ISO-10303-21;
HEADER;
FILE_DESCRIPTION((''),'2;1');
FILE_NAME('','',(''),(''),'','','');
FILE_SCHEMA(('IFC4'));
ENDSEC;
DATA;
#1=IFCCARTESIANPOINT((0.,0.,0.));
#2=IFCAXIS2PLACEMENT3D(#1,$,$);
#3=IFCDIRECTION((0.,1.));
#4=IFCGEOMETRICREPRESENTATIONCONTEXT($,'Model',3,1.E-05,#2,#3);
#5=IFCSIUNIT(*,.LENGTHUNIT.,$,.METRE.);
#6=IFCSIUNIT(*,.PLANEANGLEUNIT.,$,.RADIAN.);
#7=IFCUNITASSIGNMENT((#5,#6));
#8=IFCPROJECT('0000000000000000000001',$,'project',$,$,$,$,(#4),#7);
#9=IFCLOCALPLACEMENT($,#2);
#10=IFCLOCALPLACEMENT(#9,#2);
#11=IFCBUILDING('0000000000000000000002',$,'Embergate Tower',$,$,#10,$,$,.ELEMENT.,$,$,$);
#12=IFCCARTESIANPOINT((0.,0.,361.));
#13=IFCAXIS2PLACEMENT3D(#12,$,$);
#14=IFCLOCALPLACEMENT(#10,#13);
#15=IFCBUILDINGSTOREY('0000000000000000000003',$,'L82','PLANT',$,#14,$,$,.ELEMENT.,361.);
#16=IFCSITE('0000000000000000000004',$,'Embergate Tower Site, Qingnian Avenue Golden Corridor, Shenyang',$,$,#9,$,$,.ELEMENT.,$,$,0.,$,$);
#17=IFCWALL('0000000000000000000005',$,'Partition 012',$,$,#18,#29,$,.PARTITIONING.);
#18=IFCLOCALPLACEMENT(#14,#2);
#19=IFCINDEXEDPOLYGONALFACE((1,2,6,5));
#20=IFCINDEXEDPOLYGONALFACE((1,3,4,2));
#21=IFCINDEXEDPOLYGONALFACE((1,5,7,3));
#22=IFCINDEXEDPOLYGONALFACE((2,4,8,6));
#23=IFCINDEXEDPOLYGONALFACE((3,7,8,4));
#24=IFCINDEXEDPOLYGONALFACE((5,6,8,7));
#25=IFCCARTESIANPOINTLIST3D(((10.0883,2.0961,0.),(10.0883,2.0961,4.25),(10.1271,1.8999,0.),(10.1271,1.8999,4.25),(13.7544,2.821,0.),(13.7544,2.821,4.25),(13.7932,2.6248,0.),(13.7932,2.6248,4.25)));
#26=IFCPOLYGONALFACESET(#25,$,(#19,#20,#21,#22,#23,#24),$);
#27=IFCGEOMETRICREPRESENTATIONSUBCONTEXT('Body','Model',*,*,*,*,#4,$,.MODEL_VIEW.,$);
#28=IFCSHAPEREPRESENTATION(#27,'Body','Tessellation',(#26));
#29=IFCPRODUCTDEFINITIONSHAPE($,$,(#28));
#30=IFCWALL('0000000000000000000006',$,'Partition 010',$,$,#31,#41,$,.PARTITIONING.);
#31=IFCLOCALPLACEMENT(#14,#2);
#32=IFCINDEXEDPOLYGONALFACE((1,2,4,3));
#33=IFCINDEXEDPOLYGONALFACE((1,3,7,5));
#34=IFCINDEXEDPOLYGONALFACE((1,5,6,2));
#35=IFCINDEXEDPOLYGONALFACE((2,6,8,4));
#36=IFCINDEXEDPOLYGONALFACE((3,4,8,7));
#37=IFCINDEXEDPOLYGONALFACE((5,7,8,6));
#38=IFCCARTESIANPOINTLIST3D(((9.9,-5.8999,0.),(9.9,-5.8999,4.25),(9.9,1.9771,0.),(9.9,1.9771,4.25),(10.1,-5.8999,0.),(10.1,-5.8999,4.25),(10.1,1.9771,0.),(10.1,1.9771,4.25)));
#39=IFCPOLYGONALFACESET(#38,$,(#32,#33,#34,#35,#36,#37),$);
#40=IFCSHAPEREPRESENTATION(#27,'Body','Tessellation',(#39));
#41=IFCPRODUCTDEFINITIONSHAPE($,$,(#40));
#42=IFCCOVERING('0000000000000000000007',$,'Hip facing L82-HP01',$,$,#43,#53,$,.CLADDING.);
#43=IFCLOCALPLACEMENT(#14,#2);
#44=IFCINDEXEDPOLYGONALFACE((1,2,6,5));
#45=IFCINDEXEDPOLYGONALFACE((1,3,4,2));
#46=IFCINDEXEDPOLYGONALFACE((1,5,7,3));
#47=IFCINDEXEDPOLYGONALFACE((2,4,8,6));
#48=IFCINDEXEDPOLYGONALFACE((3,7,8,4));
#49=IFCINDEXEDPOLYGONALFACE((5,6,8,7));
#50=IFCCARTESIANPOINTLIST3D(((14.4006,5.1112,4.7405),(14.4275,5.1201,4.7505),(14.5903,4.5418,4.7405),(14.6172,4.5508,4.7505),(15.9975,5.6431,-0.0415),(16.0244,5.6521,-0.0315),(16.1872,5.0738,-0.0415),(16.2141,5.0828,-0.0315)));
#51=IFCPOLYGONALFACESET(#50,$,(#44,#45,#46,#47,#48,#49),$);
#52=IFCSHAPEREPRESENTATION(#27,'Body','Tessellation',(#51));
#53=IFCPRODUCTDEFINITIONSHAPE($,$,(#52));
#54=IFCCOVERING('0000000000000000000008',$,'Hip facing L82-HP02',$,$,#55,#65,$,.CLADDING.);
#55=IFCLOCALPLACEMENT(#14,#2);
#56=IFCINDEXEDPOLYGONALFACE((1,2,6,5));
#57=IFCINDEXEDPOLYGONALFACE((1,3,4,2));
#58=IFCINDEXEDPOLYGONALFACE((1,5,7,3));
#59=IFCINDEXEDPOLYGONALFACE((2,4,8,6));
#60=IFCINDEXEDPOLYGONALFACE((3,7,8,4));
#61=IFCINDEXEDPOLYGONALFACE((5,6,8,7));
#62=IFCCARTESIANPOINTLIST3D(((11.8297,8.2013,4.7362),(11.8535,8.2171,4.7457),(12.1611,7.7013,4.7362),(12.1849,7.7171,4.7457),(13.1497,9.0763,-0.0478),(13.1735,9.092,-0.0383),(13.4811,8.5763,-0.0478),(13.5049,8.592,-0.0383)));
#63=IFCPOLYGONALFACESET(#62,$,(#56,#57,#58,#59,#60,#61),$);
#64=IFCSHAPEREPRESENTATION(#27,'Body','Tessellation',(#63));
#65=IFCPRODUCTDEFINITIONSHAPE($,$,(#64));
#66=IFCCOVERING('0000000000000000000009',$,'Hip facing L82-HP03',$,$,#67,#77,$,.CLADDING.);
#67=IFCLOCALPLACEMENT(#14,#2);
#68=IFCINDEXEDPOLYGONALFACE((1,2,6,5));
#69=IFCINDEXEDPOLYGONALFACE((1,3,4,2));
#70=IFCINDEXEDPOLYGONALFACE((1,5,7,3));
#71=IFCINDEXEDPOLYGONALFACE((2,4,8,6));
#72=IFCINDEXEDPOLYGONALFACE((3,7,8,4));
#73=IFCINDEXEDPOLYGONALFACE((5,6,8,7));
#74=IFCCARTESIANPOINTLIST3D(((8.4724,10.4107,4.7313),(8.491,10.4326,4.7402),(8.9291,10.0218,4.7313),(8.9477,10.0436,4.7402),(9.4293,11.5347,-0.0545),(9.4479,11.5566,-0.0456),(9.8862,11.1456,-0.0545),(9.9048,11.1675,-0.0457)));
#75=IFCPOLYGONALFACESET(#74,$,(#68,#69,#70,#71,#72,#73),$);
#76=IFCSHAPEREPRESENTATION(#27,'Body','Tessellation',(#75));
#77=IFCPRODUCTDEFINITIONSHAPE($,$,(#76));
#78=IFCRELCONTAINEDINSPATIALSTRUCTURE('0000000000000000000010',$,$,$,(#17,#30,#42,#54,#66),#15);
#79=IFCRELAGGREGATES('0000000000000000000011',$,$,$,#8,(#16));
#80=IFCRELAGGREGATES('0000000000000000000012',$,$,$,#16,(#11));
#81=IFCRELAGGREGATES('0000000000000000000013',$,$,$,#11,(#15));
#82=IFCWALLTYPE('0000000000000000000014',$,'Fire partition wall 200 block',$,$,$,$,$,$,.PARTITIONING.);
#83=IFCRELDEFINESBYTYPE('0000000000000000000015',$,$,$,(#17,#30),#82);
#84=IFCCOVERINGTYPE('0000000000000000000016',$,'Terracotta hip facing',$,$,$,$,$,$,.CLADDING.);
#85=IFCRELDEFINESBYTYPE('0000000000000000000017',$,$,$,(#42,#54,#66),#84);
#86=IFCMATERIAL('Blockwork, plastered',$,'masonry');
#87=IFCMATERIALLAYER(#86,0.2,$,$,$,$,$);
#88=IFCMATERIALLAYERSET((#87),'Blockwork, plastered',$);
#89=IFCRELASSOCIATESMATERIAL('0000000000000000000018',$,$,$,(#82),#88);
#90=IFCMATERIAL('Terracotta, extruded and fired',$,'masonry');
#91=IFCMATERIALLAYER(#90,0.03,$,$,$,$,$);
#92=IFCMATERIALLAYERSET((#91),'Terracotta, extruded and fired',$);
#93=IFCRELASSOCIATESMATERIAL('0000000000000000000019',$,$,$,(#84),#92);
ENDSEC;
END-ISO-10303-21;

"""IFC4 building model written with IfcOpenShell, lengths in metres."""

from ifc_helpers import new_model, si_unit, direction, frame, frame_2d, origin, place, context, subcontext, project, spatial, polyline, rectangle, outline, extrude, source, transform, mapped, material, layer, layer_set, type_object, element, save


model = new_model("IFC4")

# Units and contexts
model_context = context("Model", 3, precision=1e-05, world=origin(), true_north=direction((0.0, 1.0)))
body_context = subcontext(model_context, "Body", "Model", "MODEL_VIEW")
ifc_project = project(units=[si_unit("LENGTHUNIT", "METRE"), si_unit("PLANEANGLEUNIT", "RADIAN")], contexts=[model_context])

# Site, building, storey
site_placement = place(None, origin())
site = spatial("IfcSite", under=ifc_project, at=site_placement, Name="Embergate Tower Site, Qingnian Avenue Golden Corridor, Shenyang", CompositionType="ELEMENT", RefElevation=0.0)
building_placement = place(site_placement, origin())
building = spatial("IfcBuilding", under=site, at=building_placement, Name="Embergate Tower", CompositionType="ELEMENT")
storey_placement = place(building_placement, frame((0.0, 0.0, 361.0)))
storey = spatial("IfcBuildingStorey", under=building, at=storey_placement, Name="L82", Description="PLANT", CompositionType="ELEMENT", Elevation=361.0)

# Walls
ifc_material_1 = material(Name="Blockwork, plastered", Category="masonry")
ifc_layer_1 = layer(ifc_material_1, 0.2)
ifc_layer_set_1 = layer_set([ifc_layer_1], Name="Blockwork, plastered")
wall_type_1 = type_object("IfcWallType", Name="Fire partition wall 200 block", PredefinedType="PARTITIONING", material=ifc_layer_set_1)
shared_shape_1 = source(origin(), body_context, "Body", "SweptSolid", [
    extrude(rectangle(XDim=3.7371, YDim=0.2, at=frame_2d((1.8687, 0.0))), origin(), (0.0, 0.0, 1.0), 4.25),
])
wall_1_placement = place(storey_placement, frame((13.7739, 2.7229, 0.0), z_axis=(0.0, 0.0, 1.0), x_axis=(-0.981008, -0.193967, 0.0)))
element("IfcWall", 1, at=wall_1_placement, inside=storey, type_object=wall_type_1, Name="Partition 012", PredefinedType="PARTITIONING", context=body_context, shape_type="MappedRepresentation", body=[
    mapped(shared_shape_1, transform((0.0, 0.0, 0.0))),
])
shared_shape_2 = source(origin(), body_context, "Body", "SweptSolid", [
    extrude(rectangle(XDim=7.877, YDim=0.2, at=frame_2d((3.9385, 0.0))), origin(), (0.0, 0.0, 1.0), 4.25),
])
wall_2_placement = place(storey_placement, frame((10.0, 1.9771, 0.0), z_axis=(0.0, 0.0, 1.0), x_axis=(0.0, -1.0, 0.0)))
element("IfcWall", 2, at=wall_2_placement, inside=storey, type_object=wall_type_1, Name="Partition 010", PredefinedType="PARTITIONING", context=body_context, shape_type="MappedRepresentation", body=[
    mapped(shared_shape_2, transform((0.0, 0.0, 0.0))),
])

# Coverings
ifc_material_2 = material(Name="Terracotta, extruded and fired", Category="masonry")
ifc_layer_2 = layer(ifc_material_2, 0.03)
ifc_layer_set_2 = layer_set([ifc_layer_2], Name="Terracotta, extruded and fired")
covering_type = type_object("IfcCoveringType", Name="Terracotta hip facing", PredefinedType="CLADDING", material=ifc_layer_set_2)
shared_shape_3 = source(origin(), body_context, "Body", "SweptSolid", [
    extrude(outline(polyline([(0.0, 0.0), (5.0696, 0.0), (5.0696, -0.6001), (0.0, -0.6001), (0.0, 0.0)])), origin(), (0.0, 0.0, -1.0), 0.03),
])
covering_1_placement = place(storey_placement, frame((16.2141, 5.0828, -0.0315), z_axis=(0.894905, 0.298174, 0.332021), x_axis=(-0.315002, -0.104936, 0.943272)))
element("IfcCovering", 3, at=covering_1_placement, inside=storey, type_object=covering_type, Name="Hip facing L82-HP01", PredefinedType="CLADDING", context=body_context, shape_type="MappedRepresentation", body=[
    mapped(shared_shape_3, transform((0.0, 0.0, 0.0))),
])
shared_shape_4 = source(origin(), body_context, "Body", "SweptSolid", [
    extrude(outline(polyline([(0.0, 0.0), (5.0393, 0.0), (5.0393, -0.5999), (0.0, -0.5999), (0.0, 0.0)])), origin(), (0.0, 0.0, -1.0), 0.03),
])
covering_2_placement = place(storey_placement, frame((13.5049, 8.592, -0.0383), z_axis=(0.79129, 0.5245, 0.31426), x_axis=(-0.261941, -0.173626, 0.949337)))
element("IfcCovering", 4, at=covering_2_placement, inside=storey, type_object=covering_type, Name="Hip facing L82-HP02", PredefinedType="CLADDING", context=body_context, shape_type="MappedRepresentation", body=[
    mapped(shared_shape_4, transform((0.0, 0.0, 0.0))),
])
shared_shape_5 = source(origin(), body_context, "Body", "SweptSolid", [
    extrude(outline(polyline([(0.0, 0.0), (5.0083, 0.0), (5.0083, -0.5999), (0.0, -0.6001), (0.0, 0.0)])), origin(), (0.0, 0.0, -1.0), 0.03),
])
covering_3_placement = place(storey_placement, frame((9.9048, 11.1675, -0.0457), z_axis=(0.619589, 0.727487, 0.294739), x_axis=(-0.191098, -0.224394, 0.955578)))
element("IfcCovering", 5, at=covering_3_placement, inside=storey, type_object=covering_type, Name="Hip facing L82-HP03", PredefinedType="CLADDING", context=body_context, shape_type="MappedRepresentation", body=[
    mapped(shared_shape_5, transform((0.0, 0.0, 0.0))),
])

save(model, "model.ifc")
